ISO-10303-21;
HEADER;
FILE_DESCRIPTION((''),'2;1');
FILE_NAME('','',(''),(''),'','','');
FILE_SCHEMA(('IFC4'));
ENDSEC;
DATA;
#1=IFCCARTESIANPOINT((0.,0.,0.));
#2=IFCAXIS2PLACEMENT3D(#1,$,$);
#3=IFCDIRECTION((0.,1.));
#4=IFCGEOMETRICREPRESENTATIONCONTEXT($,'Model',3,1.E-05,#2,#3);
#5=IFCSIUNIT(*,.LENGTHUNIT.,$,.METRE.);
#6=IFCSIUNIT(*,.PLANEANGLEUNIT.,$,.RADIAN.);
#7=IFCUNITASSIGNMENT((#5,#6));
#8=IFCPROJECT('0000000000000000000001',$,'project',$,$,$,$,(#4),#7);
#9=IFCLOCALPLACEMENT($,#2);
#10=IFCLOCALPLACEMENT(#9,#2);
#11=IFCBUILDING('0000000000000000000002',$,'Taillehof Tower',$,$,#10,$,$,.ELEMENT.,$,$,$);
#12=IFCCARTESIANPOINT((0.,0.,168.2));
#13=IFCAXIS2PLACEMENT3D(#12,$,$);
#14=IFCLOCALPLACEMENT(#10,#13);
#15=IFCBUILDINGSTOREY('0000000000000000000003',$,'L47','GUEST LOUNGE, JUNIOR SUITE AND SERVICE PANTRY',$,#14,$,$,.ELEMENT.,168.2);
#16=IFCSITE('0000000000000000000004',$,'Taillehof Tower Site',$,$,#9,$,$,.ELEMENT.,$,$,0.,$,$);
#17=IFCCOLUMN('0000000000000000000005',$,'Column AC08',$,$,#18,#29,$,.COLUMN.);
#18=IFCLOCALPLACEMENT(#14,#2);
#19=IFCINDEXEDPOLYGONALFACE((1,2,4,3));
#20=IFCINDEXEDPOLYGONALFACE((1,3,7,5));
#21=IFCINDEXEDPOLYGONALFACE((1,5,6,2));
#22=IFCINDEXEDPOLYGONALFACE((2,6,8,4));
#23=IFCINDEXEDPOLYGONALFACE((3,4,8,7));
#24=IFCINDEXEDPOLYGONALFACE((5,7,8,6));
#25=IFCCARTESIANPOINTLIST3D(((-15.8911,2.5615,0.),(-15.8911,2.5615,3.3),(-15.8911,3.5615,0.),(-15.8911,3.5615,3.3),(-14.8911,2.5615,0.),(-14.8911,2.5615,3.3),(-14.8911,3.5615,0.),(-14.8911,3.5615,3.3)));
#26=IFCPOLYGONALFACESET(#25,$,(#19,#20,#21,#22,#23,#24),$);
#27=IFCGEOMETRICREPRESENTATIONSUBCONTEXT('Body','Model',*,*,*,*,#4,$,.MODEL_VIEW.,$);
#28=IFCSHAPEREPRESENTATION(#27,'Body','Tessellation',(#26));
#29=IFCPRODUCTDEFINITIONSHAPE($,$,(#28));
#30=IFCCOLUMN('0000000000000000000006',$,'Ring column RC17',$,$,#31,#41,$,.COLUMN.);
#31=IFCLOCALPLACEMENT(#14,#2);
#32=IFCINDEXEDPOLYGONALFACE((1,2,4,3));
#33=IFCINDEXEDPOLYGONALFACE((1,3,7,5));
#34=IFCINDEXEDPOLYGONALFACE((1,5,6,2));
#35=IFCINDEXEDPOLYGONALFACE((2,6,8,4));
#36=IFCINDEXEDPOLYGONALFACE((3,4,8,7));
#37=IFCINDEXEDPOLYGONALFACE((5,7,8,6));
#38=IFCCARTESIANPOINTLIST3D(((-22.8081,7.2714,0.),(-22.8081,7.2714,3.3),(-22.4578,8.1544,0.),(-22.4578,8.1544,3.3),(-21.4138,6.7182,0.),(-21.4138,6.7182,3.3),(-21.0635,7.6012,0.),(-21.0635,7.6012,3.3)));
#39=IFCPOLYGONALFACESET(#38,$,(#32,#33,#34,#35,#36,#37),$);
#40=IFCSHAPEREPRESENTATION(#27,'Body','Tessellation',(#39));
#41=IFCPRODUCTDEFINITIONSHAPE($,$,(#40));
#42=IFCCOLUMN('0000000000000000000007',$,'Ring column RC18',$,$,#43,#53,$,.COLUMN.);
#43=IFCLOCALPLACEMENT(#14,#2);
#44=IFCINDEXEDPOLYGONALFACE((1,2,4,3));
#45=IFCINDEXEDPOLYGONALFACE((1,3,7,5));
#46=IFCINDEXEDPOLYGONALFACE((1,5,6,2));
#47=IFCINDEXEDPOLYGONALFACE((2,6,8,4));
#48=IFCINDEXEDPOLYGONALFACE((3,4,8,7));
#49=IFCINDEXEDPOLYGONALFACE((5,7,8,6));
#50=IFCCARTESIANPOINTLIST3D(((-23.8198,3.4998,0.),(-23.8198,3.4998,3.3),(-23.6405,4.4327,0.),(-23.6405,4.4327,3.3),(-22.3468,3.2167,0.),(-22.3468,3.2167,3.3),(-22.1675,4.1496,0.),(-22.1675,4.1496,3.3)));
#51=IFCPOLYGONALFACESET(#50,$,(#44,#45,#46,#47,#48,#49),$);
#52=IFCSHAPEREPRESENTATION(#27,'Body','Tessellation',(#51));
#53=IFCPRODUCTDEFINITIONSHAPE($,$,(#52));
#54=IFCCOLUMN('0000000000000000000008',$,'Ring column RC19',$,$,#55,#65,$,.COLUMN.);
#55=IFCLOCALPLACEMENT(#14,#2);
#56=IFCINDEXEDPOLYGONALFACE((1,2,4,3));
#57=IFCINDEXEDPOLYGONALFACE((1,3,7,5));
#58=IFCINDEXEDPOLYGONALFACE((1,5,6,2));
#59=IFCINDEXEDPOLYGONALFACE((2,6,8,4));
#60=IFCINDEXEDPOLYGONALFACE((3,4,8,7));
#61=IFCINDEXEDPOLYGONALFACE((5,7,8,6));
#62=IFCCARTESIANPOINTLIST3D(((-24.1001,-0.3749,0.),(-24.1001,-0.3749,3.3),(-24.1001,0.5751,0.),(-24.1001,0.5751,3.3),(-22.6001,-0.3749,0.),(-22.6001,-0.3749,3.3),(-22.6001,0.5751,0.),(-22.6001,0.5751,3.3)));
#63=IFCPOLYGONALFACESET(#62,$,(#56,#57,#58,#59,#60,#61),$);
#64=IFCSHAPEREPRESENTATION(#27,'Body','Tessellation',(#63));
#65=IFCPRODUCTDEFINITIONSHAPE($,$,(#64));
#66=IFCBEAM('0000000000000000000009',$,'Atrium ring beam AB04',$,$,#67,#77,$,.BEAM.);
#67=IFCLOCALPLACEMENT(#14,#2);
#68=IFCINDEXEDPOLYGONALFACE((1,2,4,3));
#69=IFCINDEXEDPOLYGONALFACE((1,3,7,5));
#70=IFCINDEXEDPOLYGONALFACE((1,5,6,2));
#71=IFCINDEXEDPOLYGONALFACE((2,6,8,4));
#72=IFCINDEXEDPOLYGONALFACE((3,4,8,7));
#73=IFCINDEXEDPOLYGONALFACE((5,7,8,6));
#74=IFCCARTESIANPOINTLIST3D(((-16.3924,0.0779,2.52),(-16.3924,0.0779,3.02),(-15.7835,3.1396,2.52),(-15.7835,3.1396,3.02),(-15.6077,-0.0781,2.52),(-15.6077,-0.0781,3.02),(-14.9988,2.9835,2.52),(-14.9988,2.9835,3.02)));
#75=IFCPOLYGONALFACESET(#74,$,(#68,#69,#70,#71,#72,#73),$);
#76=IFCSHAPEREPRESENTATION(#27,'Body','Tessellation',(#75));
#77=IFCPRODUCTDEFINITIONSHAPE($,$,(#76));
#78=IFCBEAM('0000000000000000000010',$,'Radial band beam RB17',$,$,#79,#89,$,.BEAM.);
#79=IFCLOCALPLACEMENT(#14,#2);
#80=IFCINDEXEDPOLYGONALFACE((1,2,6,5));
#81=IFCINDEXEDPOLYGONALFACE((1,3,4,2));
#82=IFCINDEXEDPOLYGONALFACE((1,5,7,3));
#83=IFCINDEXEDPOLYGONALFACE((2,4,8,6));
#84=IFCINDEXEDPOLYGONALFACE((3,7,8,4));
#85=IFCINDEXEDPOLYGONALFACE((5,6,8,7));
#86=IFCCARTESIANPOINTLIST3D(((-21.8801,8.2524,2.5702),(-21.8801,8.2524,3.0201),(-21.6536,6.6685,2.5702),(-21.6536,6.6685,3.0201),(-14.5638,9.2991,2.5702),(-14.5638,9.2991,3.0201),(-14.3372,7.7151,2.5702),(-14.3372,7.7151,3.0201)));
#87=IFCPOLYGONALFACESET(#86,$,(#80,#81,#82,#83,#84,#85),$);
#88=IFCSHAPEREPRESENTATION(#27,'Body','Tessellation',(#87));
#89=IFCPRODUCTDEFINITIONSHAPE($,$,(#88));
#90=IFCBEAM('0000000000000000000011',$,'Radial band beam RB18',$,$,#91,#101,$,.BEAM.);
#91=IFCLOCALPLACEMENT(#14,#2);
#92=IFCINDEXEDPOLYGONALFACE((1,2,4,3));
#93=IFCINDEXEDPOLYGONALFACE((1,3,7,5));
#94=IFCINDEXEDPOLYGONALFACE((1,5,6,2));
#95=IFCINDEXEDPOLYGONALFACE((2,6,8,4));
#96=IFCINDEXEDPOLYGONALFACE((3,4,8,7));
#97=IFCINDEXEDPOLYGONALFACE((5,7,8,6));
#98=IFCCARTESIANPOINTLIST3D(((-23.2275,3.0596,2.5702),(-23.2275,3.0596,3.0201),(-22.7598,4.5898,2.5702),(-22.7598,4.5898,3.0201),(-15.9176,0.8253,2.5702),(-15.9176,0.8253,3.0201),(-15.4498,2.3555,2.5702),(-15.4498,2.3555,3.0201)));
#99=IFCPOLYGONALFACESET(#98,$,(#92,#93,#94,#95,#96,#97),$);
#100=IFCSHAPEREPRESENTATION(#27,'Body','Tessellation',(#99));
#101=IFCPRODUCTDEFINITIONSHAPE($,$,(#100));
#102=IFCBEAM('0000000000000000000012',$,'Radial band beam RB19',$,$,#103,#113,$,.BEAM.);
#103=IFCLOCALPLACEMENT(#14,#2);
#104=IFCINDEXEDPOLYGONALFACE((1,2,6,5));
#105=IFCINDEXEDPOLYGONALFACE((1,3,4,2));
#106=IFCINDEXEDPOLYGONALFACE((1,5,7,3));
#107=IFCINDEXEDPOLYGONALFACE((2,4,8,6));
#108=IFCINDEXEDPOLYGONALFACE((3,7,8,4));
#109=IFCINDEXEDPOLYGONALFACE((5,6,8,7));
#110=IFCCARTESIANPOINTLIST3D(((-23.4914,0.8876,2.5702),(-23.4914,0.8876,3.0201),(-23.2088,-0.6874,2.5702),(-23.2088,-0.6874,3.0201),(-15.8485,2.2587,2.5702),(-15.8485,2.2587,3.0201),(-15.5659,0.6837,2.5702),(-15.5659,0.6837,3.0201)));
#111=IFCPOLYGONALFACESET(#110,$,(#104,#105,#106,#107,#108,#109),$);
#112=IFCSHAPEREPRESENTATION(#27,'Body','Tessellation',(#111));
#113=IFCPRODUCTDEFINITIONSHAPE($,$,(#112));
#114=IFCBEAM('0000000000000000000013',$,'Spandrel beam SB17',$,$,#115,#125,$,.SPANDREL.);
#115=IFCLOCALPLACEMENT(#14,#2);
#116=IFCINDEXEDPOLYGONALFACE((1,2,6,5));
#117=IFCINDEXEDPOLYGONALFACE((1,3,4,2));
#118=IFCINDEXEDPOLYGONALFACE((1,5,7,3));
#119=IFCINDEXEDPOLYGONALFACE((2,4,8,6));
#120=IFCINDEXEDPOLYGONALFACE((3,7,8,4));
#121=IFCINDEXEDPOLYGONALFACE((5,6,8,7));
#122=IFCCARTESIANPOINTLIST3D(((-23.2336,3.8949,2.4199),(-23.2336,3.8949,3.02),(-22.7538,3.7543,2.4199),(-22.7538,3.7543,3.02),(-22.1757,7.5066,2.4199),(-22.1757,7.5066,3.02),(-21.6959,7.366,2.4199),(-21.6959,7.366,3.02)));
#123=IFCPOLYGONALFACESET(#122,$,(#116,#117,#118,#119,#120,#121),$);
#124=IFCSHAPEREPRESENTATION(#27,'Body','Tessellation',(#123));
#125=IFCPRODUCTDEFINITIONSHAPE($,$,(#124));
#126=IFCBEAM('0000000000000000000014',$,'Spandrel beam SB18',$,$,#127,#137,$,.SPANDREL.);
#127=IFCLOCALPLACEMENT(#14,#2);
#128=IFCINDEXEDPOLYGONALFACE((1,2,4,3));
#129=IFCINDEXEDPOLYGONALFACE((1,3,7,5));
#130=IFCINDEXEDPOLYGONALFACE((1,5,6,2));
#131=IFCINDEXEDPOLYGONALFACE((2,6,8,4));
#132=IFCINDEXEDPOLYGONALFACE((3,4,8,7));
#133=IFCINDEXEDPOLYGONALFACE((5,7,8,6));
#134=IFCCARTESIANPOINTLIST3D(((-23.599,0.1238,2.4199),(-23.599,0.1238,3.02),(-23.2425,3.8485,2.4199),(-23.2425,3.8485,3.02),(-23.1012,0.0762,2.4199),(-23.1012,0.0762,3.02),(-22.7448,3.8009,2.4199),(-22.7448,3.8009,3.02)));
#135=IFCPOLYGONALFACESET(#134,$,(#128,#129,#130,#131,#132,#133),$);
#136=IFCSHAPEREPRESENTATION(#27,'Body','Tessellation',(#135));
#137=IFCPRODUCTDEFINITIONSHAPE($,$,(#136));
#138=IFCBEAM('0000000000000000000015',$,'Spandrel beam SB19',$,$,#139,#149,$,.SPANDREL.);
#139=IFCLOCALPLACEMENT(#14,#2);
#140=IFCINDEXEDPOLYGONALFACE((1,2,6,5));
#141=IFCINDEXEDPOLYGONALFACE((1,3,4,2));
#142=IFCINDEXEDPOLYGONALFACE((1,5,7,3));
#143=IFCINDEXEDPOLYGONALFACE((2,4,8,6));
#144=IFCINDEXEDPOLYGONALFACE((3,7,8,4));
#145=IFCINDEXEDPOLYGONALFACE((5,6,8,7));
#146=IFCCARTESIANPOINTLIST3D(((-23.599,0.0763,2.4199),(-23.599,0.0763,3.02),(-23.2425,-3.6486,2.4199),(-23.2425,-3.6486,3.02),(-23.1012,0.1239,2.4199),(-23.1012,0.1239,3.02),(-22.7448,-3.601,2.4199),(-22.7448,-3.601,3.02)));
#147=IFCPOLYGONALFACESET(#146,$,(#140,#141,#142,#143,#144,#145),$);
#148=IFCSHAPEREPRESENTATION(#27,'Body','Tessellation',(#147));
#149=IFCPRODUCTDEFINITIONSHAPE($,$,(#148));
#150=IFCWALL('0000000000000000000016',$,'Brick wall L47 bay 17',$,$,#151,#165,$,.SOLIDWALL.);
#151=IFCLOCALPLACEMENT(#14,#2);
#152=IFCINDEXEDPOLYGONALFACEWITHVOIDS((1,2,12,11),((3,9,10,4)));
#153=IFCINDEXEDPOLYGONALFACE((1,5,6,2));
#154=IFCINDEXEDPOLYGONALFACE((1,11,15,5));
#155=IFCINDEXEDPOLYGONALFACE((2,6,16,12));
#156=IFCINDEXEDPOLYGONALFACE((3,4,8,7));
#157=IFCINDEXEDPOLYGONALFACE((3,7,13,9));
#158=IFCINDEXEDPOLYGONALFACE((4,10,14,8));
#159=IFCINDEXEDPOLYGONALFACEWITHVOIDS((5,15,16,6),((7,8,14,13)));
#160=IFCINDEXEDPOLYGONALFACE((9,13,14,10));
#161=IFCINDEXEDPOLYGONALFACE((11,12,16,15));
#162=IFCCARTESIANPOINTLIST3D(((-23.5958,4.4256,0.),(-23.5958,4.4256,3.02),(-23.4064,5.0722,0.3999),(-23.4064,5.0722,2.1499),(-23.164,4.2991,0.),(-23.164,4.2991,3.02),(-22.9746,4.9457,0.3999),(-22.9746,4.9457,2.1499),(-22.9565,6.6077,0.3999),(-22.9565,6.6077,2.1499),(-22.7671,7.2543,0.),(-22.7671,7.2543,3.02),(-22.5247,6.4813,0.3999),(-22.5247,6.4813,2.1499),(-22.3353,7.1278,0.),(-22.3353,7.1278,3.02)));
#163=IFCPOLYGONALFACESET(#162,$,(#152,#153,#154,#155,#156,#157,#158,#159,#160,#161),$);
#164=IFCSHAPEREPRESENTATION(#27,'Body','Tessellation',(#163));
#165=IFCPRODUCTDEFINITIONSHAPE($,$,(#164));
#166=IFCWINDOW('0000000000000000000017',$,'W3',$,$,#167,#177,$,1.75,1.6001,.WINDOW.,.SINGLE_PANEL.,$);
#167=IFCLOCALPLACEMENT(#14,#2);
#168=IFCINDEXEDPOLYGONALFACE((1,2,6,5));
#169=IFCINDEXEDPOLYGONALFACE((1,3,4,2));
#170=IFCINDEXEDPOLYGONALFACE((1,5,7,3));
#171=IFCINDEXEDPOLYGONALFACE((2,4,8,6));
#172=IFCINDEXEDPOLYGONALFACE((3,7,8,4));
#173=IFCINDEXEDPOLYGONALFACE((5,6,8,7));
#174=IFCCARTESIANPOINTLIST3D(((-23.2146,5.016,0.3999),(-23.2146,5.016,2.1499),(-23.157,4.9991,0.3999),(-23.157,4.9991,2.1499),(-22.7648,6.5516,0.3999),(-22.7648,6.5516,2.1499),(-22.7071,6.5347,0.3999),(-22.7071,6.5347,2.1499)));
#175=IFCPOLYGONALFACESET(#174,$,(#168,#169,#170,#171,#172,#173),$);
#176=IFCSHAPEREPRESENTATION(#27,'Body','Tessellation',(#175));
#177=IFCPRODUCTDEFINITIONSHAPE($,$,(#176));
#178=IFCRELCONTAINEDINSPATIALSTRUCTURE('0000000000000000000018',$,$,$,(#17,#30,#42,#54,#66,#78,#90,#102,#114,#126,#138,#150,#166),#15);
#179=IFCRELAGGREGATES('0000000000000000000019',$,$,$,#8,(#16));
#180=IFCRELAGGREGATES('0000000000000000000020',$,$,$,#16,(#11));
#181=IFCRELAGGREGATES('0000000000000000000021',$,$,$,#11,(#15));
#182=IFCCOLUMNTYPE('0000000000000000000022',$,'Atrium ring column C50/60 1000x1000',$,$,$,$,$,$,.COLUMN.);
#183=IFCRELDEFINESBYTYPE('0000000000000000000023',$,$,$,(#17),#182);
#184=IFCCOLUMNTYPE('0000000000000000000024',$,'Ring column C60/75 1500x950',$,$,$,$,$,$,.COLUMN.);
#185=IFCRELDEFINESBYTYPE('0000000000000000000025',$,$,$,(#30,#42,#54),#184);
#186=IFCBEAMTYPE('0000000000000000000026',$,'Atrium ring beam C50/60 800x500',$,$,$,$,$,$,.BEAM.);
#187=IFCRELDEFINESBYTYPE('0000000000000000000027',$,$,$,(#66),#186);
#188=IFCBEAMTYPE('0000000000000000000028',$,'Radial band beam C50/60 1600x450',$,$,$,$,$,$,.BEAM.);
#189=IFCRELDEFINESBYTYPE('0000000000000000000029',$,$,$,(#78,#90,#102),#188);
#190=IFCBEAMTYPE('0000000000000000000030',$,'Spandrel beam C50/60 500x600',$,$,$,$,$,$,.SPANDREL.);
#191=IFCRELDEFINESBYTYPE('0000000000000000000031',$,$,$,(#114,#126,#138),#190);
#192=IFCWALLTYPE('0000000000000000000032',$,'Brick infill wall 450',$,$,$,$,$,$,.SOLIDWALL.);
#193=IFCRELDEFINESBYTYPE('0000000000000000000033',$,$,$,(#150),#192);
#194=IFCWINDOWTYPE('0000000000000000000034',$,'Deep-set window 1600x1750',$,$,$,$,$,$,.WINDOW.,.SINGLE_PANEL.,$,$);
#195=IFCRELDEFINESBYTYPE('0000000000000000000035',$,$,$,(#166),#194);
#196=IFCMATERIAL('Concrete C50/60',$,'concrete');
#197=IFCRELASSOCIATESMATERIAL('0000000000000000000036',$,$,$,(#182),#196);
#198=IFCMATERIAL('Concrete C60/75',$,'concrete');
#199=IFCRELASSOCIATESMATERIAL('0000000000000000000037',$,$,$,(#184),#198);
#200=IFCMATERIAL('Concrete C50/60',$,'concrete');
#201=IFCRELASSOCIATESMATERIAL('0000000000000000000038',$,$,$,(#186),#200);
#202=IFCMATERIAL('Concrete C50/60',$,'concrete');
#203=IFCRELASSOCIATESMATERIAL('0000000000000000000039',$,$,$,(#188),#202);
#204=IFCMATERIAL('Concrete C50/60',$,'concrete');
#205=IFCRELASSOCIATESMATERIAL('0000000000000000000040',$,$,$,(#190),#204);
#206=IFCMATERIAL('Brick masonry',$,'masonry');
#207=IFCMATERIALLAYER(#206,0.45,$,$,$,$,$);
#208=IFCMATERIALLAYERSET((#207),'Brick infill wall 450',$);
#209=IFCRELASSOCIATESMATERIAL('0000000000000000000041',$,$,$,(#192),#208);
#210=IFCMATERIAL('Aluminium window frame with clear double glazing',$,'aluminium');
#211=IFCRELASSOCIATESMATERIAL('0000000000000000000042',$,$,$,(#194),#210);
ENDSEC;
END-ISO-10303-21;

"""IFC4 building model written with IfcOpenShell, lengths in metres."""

from ifc_helpers import new_model, si_unit, direction, frame, frame_2d, origin, origin_2d, place, context, subcontext, project, spatial, rectangle, extrude, material, layer, layer_set, material_profile, profile_set, type_object, element, fill, save


model = new_model("IFC4")

# Units and contexts
model_context = context("Model", 3, precision=1e-05, world=origin(), true_north=direction((0.0, 1.0)))
body_context = subcontext(model_context, "Body", "Model", "MODEL_VIEW")
ifc_project = project(units=[si_unit("LENGTHUNIT", "METRE"), si_unit("PLANEANGLEUNIT", "RADIAN")], contexts=[model_context])

# Site, building, storey
site_placement = place(None, origin())
site = spatial("IfcSite", under=ifc_project, at=site_placement, Name="Taillehof Tower Site", CompositionType="ELEMENT", RefElevation=0.0)
building_placement = place(site_placement, origin())
building = spatial("IfcBuilding", under=site, at=building_placement, Name="Taillehof Tower", CompositionType="ELEMENT")
storey_placement = place(building_placement, frame((0.0, 0.0, 168.2)))
storey = spatial("IfcBuildingStorey", under=building, at=storey_placement, Name="L47", Description="GUEST LOUNGE, JUNIOR SUITE AND SERVICE PANTRY", CompositionType="ELEMENT", Elevation=168.2)

# Columns
ifc_material_1 = material(Name="Concrete C50/60", Category="concrete")
ifc_material_profile_1 = material_profile(ifc_material_1, rectangle(XDim=1.0, YDim=1.0, at=origin_2d()), Name="RC 1000x1000")
ifc_profile_set_1 = profile_set([ifc_material_profile_1], Name="Concrete C50/60")
column_type_1 = type_object("IfcColumnType", Name="Atrium ring column C50/60 1000x1000", PredefinedType="COLUMN", material=ifc_profile_set_1)
column_placement = place(storey_placement, frame((-15.3911, 3.0615, 0.0), z_axis=(0.0, 0.0, 1.0), x_axis=(1.0, 0.0, 0.0)))
element("IfcColumn", 1, at=column_placement, inside=storey, type_object=column_type_1, Name="Column AC08", PredefinedType="COLUMN", context=body_context, shape_type="SweptSolid", body=[
    extrude(rectangle(XDim=1.0, YDim=1.0, at=origin_2d()), origin(), (0.0, 0.0, 1.0), 3.3),
])
ifc_material_2 = material(Name="Concrete C60/75", Category="concrete")
ifc_material_profile_2 = material_profile(ifc_material_2, rectangle(XDim=1.5, YDim=0.95, at=origin_2d()), Name="RC 1500x950")
ifc_profile_set_2 = profile_set([ifc_material_profile_2], Name="Concrete C60/75")
column_type_2 = type_object("IfcColumnType", Name="Ring column C60/75 1500x950", PredefinedType="COLUMN", material=ifc_profile_set_2)
for number, where, z_axis, x_axis, name in (
    (2, (-21.9358, 7.4363, 0.0), (0.0, 0.0, 1.0), (-0.929511, 0.368793, 0.0), "Ring column RC17"),
    (3, (-22.9937, 3.8247, 0.0), (0.0, 0.0, 1.0), (-0.982024, 0.188757, 0.0), "Ring column RC18"),
    (4, (-23.3501, 0.1001, 0.0), (0.0, 0.0, 1.0), (-1.0, 0.0, 0.0), "Ring column RC19"),
):
    element("IfcColumn", number, at=place(storey_placement, frame(where, z_axis=z_axis, x_axis=x_axis)), inside=storey, type_object=column_type_2, Name=name, PredefinedType="COLUMN", context=body_context, shape_type="SweptSolid", body=[
        extrude(rectangle(XDim=1.5, YDim=0.95, at=origin_2d()), origin(), (0.0, 0.0, 1.0), 3.3),
    ])

# Beams
ifc_material_3 = material(Name="Concrete C50/60", Category="concrete")
ifc_material_profile_3 = material_profile(ifc_material_3, rectangle(XDim=0.8, YDim=0.5, at=origin_2d()), Name="RC 800x500")
ifc_profile_set_3 = profile_set([ifc_material_profile_3], Name="Concrete C50/60")
beam_type_1 = type_object("IfcBeamType", Name="Atrium ring beam C50/60 800x500", PredefinedType="BEAM", material=ifc_profile_set_3)
beam_1_placement = place(storey_placement, frame((-15.3911, 3.0615, 2.77), z_axis=(-0.195063, -0.980791, 0.0), x_axis=(0.980791, -0.195063, 0.0)))
element("IfcBeam", 5, at=beam_1_placement, inside=storey, type_object=beam_type_1, Name="Atrium ring beam AB04", PredefinedType="BEAM", context=body_context, shape_type="SweptSolid", body=[
    extrude(rectangle(XDim=0.8, YDim=0.5, at=origin_2d()), origin(), (0.0, 0.0, 1.0), 3.1216),
])
ifc_material_4 = material(Name="Concrete C50/60", Category="concrete")
ifc_material_profile_4 = material_profile(ifc_material_4, rectangle(XDim=1.6001, YDim=0.45, at=origin_2d()), Name="RC 1600x450")
ifc_profile_set_4 = profile_set([ifc_material_profile_4], Name="Concrete C50/60")
beam_type_2 = type_object("IfcBeamType", Name="Radial band beam C50/60 1600x450", PredefinedType="BEAM", material=ifc_profile_set_4)
beam_2_placement = place(storey_placement, frame((-21.7668, 7.4604, 2.7952), z_axis=(0.989922, 0.141611, 0.0), x_axis=(-0.141611, 0.989922, 0.0)))
element("IfcBeam", 6, at=beam_2_placement, inside=storey, type_object=beam_type_2, Name="Radial band beam RB17", PredefinedType="BEAM", context=body_context, shape_type="SweptSolid", body=[
    extrude(rectangle(XDim=1.6001, YDim=0.45, at=origin_2d()), origin(), (0.0, 0.0, 1.0), 7.3909),
])
beam_3_placement = place(storey_placement, frame((-22.9937, 3.8247, 2.7952), z_axis=(0.956324, -0.292308, 0.0), x_axis=(0.292308, 0.956324, 0.0)))
element("IfcBeam", 7, at=beam_3_placement, inside=storey, type_object=beam_type_2, Name="Radial band beam RB18", PredefinedType="BEAM", context=body_context, shape_type="SweptSolid", body=[
    extrude(rectangle(XDim=1.6001, YDim=0.45, at=origin_2d()), origin(), (0.0, 0.0, 1.0), 7.6438),
])
beam_4_placement = place(storey_placement, frame((-23.3501, 0.1001, 2.7952), z_axis=(0.984287, 0.176577, 0.0), x_axis=(-0.176577, 0.984287, 0.0)))
element("IfcBeam", 8, at=beam_4_placement, inside=storey, type_object=beam_type_2, Name="Radial band beam RB19", PredefinedType="BEAM", context=body_context, shape_type="SweptSolid", body=[
    extrude(rectangle(XDim=1.6001, YDim=0.45, at=origin_2d()), origin(), (0.0, 0.0, 1.0), 7.7649),
])
ifc_material_5 = material(Name="Concrete C50/60", Category="concrete")
ifc_material_profile_5 = material_profile(ifc_material_5, rectangle(XDim=0.5, YDim=0.6001, at=origin_2d()), Name="RC 500x600")
ifc_profile_set_5 = profile_set([ifc_material_profile_5], Name="Concrete C50/60")
beam_type_3 = type_object("IfcBeamType", Name="Spandrel beam C50/60 500x600", PredefinedType="SPANDREL", material=ifc_profile_set_5)
beam_5_placement = place(storey_placement, frame((-21.9358, 7.4363, 2.72), z_axis=(-0.281098, -0.959679, 0.0), x_axis=(0.959679, -0.281098, 0.0)))
element("IfcBeam", 9, at=beam_5_placement, inside=storey, type_object=beam_type_3, Name="Spandrel beam SB17", PredefinedType="SPANDREL", context=body_context, shape_type="SweptSolid", body=[
    extrude(rectangle(XDim=0.5, YDim=0.6001, at=origin_2d()), origin(), (0.0, 0.0, 1.0), 3.7634),
])
beam_6_placement = place(storey_placement, frame((-22.9937, 3.8247, 2.72), z_axis=(-0.095265, -0.995452, 0.0), x_axis=(0.995452, -0.095265, 0.0)))
element("IfcBeam", 10, at=beam_6_placement, inside=storey, type_object=beam_type_3, Name="Spandrel beam SB18", PredefinedType="SPANDREL", context=body_context, shape_type="SweptSolid", body=[
    extrude(rectangle(XDim=0.5, YDim=0.6001, at=origin_2d()), origin(), (0.0, 0.0, 1.0), 3.7417),
])
beam_7_placement = place(storey_placement, frame((-23.3501, 0.1001, 2.72), z_axis=(0.095259, -0.995453, 0.0), x_axis=(0.995453, 0.095259, 0.0)))
element("IfcBeam", 11, at=beam_7_placement, inside=storey, type_object=beam_type_3, Name="Spandrel beam SB19", PredefinedType="SPANDREL", context=body_context, shape_type="SweptSolid", body=[
    extrude(rectangle(XDim=0.5, YDim=0.6001, at=origin_2d()), origin(), (0.0, 0.0, 1.0), 3.7419),
])

# Wall, opening, window
ifc_material_6 = material(Name="Brick masonry", Category="masonry")
ifc_layer_1 = layer(ifc_material_6, 0.45)
ifc_layer_set_1 = layer_set([ifc_layer_1], Name="Brick infill wall 450")
wall_type_1 = type_object("IfcWallType", Name="Brick infill wall 450", PredefinedType="SOLIDWALL", material=ifc_layer_set_1)
wall_1_placement = place(storey_placement, frame((-22.5513, 7.1909, 0.0), z_axis=(0.0, 0.0, 1.0), x_axis=(-0.281126, -0.959671, 0.0)))
wall_1 = element("IfcWall", 12, at=wall_1_placement, inside=storey, type_object=wall_type_1, Name="Brick wall L47 bay 17", PredefinedType="SOLIDWALL", context=body_context, shape_type="SweptSolid", body=[
    extrude(rectangle(XDim=2.9475, YDim=0.45, at=frame_2d((1.4736, 0.0))), origin(), (0.0, 0.0, 1.0), 3.02),
])
opening_1_placement = place(wall_1_placement, frame((0.6736, 0.0, 0.3999)))
opening_1 = element("IfcOpeningElement", 13, at=opening_1_placement, cuts=wall_1, PredefinedType="OPENING", context=body_context, shape_type="SweptSolid", body=[
    extrude(rectangle(XDim=1.6001, YDim=1.75, at=frame_2d((0.8, 0.875))), frame((0.0, 0.2349, 0.0), z_axis=(0.0, -1.0, 0.0), x_axis=(1.0, 0.0, 0.0)), (0.0, 0.0, 1.0), 0.47),
])
ifc_material_7 = material(Name="Aluminium window frame with clear double glazing", Category="aluminium")
window_type = type_object("IfcWindowType", Name="Deep-set window 1600x1750", PartitioningType="SINGLE_PANEL", PredefinedType="WINDOW", material=ifc_material_7)
window_1_placement = place(opening_1_placement, origin())
window_1 = element("IfcWindow", 14, at=window_1_placement, inside=storey, type_object=window_type, Name="W3", OverallHeight=1.75, OverallWidth=1.6001, PartitioningType="SINGLE_PANEL", PredefinedType="WINDOW", context=body_context, shape_type="SweptSolid", body=[
    extrude(rectangle(XDim=1.6001, YDim=1.75, at=frame_2d((0.8, 0.875))), frame((0.0, 0.0349, 0.0), z_axis=(0.0, -1.0, 0.0), x_axis=(1.0, 0.0, 0.0)), (0.0, 0.0, 1.0), 0.0601),
])
fill(opening_1, window_1)

save(model, "model.ifc")
